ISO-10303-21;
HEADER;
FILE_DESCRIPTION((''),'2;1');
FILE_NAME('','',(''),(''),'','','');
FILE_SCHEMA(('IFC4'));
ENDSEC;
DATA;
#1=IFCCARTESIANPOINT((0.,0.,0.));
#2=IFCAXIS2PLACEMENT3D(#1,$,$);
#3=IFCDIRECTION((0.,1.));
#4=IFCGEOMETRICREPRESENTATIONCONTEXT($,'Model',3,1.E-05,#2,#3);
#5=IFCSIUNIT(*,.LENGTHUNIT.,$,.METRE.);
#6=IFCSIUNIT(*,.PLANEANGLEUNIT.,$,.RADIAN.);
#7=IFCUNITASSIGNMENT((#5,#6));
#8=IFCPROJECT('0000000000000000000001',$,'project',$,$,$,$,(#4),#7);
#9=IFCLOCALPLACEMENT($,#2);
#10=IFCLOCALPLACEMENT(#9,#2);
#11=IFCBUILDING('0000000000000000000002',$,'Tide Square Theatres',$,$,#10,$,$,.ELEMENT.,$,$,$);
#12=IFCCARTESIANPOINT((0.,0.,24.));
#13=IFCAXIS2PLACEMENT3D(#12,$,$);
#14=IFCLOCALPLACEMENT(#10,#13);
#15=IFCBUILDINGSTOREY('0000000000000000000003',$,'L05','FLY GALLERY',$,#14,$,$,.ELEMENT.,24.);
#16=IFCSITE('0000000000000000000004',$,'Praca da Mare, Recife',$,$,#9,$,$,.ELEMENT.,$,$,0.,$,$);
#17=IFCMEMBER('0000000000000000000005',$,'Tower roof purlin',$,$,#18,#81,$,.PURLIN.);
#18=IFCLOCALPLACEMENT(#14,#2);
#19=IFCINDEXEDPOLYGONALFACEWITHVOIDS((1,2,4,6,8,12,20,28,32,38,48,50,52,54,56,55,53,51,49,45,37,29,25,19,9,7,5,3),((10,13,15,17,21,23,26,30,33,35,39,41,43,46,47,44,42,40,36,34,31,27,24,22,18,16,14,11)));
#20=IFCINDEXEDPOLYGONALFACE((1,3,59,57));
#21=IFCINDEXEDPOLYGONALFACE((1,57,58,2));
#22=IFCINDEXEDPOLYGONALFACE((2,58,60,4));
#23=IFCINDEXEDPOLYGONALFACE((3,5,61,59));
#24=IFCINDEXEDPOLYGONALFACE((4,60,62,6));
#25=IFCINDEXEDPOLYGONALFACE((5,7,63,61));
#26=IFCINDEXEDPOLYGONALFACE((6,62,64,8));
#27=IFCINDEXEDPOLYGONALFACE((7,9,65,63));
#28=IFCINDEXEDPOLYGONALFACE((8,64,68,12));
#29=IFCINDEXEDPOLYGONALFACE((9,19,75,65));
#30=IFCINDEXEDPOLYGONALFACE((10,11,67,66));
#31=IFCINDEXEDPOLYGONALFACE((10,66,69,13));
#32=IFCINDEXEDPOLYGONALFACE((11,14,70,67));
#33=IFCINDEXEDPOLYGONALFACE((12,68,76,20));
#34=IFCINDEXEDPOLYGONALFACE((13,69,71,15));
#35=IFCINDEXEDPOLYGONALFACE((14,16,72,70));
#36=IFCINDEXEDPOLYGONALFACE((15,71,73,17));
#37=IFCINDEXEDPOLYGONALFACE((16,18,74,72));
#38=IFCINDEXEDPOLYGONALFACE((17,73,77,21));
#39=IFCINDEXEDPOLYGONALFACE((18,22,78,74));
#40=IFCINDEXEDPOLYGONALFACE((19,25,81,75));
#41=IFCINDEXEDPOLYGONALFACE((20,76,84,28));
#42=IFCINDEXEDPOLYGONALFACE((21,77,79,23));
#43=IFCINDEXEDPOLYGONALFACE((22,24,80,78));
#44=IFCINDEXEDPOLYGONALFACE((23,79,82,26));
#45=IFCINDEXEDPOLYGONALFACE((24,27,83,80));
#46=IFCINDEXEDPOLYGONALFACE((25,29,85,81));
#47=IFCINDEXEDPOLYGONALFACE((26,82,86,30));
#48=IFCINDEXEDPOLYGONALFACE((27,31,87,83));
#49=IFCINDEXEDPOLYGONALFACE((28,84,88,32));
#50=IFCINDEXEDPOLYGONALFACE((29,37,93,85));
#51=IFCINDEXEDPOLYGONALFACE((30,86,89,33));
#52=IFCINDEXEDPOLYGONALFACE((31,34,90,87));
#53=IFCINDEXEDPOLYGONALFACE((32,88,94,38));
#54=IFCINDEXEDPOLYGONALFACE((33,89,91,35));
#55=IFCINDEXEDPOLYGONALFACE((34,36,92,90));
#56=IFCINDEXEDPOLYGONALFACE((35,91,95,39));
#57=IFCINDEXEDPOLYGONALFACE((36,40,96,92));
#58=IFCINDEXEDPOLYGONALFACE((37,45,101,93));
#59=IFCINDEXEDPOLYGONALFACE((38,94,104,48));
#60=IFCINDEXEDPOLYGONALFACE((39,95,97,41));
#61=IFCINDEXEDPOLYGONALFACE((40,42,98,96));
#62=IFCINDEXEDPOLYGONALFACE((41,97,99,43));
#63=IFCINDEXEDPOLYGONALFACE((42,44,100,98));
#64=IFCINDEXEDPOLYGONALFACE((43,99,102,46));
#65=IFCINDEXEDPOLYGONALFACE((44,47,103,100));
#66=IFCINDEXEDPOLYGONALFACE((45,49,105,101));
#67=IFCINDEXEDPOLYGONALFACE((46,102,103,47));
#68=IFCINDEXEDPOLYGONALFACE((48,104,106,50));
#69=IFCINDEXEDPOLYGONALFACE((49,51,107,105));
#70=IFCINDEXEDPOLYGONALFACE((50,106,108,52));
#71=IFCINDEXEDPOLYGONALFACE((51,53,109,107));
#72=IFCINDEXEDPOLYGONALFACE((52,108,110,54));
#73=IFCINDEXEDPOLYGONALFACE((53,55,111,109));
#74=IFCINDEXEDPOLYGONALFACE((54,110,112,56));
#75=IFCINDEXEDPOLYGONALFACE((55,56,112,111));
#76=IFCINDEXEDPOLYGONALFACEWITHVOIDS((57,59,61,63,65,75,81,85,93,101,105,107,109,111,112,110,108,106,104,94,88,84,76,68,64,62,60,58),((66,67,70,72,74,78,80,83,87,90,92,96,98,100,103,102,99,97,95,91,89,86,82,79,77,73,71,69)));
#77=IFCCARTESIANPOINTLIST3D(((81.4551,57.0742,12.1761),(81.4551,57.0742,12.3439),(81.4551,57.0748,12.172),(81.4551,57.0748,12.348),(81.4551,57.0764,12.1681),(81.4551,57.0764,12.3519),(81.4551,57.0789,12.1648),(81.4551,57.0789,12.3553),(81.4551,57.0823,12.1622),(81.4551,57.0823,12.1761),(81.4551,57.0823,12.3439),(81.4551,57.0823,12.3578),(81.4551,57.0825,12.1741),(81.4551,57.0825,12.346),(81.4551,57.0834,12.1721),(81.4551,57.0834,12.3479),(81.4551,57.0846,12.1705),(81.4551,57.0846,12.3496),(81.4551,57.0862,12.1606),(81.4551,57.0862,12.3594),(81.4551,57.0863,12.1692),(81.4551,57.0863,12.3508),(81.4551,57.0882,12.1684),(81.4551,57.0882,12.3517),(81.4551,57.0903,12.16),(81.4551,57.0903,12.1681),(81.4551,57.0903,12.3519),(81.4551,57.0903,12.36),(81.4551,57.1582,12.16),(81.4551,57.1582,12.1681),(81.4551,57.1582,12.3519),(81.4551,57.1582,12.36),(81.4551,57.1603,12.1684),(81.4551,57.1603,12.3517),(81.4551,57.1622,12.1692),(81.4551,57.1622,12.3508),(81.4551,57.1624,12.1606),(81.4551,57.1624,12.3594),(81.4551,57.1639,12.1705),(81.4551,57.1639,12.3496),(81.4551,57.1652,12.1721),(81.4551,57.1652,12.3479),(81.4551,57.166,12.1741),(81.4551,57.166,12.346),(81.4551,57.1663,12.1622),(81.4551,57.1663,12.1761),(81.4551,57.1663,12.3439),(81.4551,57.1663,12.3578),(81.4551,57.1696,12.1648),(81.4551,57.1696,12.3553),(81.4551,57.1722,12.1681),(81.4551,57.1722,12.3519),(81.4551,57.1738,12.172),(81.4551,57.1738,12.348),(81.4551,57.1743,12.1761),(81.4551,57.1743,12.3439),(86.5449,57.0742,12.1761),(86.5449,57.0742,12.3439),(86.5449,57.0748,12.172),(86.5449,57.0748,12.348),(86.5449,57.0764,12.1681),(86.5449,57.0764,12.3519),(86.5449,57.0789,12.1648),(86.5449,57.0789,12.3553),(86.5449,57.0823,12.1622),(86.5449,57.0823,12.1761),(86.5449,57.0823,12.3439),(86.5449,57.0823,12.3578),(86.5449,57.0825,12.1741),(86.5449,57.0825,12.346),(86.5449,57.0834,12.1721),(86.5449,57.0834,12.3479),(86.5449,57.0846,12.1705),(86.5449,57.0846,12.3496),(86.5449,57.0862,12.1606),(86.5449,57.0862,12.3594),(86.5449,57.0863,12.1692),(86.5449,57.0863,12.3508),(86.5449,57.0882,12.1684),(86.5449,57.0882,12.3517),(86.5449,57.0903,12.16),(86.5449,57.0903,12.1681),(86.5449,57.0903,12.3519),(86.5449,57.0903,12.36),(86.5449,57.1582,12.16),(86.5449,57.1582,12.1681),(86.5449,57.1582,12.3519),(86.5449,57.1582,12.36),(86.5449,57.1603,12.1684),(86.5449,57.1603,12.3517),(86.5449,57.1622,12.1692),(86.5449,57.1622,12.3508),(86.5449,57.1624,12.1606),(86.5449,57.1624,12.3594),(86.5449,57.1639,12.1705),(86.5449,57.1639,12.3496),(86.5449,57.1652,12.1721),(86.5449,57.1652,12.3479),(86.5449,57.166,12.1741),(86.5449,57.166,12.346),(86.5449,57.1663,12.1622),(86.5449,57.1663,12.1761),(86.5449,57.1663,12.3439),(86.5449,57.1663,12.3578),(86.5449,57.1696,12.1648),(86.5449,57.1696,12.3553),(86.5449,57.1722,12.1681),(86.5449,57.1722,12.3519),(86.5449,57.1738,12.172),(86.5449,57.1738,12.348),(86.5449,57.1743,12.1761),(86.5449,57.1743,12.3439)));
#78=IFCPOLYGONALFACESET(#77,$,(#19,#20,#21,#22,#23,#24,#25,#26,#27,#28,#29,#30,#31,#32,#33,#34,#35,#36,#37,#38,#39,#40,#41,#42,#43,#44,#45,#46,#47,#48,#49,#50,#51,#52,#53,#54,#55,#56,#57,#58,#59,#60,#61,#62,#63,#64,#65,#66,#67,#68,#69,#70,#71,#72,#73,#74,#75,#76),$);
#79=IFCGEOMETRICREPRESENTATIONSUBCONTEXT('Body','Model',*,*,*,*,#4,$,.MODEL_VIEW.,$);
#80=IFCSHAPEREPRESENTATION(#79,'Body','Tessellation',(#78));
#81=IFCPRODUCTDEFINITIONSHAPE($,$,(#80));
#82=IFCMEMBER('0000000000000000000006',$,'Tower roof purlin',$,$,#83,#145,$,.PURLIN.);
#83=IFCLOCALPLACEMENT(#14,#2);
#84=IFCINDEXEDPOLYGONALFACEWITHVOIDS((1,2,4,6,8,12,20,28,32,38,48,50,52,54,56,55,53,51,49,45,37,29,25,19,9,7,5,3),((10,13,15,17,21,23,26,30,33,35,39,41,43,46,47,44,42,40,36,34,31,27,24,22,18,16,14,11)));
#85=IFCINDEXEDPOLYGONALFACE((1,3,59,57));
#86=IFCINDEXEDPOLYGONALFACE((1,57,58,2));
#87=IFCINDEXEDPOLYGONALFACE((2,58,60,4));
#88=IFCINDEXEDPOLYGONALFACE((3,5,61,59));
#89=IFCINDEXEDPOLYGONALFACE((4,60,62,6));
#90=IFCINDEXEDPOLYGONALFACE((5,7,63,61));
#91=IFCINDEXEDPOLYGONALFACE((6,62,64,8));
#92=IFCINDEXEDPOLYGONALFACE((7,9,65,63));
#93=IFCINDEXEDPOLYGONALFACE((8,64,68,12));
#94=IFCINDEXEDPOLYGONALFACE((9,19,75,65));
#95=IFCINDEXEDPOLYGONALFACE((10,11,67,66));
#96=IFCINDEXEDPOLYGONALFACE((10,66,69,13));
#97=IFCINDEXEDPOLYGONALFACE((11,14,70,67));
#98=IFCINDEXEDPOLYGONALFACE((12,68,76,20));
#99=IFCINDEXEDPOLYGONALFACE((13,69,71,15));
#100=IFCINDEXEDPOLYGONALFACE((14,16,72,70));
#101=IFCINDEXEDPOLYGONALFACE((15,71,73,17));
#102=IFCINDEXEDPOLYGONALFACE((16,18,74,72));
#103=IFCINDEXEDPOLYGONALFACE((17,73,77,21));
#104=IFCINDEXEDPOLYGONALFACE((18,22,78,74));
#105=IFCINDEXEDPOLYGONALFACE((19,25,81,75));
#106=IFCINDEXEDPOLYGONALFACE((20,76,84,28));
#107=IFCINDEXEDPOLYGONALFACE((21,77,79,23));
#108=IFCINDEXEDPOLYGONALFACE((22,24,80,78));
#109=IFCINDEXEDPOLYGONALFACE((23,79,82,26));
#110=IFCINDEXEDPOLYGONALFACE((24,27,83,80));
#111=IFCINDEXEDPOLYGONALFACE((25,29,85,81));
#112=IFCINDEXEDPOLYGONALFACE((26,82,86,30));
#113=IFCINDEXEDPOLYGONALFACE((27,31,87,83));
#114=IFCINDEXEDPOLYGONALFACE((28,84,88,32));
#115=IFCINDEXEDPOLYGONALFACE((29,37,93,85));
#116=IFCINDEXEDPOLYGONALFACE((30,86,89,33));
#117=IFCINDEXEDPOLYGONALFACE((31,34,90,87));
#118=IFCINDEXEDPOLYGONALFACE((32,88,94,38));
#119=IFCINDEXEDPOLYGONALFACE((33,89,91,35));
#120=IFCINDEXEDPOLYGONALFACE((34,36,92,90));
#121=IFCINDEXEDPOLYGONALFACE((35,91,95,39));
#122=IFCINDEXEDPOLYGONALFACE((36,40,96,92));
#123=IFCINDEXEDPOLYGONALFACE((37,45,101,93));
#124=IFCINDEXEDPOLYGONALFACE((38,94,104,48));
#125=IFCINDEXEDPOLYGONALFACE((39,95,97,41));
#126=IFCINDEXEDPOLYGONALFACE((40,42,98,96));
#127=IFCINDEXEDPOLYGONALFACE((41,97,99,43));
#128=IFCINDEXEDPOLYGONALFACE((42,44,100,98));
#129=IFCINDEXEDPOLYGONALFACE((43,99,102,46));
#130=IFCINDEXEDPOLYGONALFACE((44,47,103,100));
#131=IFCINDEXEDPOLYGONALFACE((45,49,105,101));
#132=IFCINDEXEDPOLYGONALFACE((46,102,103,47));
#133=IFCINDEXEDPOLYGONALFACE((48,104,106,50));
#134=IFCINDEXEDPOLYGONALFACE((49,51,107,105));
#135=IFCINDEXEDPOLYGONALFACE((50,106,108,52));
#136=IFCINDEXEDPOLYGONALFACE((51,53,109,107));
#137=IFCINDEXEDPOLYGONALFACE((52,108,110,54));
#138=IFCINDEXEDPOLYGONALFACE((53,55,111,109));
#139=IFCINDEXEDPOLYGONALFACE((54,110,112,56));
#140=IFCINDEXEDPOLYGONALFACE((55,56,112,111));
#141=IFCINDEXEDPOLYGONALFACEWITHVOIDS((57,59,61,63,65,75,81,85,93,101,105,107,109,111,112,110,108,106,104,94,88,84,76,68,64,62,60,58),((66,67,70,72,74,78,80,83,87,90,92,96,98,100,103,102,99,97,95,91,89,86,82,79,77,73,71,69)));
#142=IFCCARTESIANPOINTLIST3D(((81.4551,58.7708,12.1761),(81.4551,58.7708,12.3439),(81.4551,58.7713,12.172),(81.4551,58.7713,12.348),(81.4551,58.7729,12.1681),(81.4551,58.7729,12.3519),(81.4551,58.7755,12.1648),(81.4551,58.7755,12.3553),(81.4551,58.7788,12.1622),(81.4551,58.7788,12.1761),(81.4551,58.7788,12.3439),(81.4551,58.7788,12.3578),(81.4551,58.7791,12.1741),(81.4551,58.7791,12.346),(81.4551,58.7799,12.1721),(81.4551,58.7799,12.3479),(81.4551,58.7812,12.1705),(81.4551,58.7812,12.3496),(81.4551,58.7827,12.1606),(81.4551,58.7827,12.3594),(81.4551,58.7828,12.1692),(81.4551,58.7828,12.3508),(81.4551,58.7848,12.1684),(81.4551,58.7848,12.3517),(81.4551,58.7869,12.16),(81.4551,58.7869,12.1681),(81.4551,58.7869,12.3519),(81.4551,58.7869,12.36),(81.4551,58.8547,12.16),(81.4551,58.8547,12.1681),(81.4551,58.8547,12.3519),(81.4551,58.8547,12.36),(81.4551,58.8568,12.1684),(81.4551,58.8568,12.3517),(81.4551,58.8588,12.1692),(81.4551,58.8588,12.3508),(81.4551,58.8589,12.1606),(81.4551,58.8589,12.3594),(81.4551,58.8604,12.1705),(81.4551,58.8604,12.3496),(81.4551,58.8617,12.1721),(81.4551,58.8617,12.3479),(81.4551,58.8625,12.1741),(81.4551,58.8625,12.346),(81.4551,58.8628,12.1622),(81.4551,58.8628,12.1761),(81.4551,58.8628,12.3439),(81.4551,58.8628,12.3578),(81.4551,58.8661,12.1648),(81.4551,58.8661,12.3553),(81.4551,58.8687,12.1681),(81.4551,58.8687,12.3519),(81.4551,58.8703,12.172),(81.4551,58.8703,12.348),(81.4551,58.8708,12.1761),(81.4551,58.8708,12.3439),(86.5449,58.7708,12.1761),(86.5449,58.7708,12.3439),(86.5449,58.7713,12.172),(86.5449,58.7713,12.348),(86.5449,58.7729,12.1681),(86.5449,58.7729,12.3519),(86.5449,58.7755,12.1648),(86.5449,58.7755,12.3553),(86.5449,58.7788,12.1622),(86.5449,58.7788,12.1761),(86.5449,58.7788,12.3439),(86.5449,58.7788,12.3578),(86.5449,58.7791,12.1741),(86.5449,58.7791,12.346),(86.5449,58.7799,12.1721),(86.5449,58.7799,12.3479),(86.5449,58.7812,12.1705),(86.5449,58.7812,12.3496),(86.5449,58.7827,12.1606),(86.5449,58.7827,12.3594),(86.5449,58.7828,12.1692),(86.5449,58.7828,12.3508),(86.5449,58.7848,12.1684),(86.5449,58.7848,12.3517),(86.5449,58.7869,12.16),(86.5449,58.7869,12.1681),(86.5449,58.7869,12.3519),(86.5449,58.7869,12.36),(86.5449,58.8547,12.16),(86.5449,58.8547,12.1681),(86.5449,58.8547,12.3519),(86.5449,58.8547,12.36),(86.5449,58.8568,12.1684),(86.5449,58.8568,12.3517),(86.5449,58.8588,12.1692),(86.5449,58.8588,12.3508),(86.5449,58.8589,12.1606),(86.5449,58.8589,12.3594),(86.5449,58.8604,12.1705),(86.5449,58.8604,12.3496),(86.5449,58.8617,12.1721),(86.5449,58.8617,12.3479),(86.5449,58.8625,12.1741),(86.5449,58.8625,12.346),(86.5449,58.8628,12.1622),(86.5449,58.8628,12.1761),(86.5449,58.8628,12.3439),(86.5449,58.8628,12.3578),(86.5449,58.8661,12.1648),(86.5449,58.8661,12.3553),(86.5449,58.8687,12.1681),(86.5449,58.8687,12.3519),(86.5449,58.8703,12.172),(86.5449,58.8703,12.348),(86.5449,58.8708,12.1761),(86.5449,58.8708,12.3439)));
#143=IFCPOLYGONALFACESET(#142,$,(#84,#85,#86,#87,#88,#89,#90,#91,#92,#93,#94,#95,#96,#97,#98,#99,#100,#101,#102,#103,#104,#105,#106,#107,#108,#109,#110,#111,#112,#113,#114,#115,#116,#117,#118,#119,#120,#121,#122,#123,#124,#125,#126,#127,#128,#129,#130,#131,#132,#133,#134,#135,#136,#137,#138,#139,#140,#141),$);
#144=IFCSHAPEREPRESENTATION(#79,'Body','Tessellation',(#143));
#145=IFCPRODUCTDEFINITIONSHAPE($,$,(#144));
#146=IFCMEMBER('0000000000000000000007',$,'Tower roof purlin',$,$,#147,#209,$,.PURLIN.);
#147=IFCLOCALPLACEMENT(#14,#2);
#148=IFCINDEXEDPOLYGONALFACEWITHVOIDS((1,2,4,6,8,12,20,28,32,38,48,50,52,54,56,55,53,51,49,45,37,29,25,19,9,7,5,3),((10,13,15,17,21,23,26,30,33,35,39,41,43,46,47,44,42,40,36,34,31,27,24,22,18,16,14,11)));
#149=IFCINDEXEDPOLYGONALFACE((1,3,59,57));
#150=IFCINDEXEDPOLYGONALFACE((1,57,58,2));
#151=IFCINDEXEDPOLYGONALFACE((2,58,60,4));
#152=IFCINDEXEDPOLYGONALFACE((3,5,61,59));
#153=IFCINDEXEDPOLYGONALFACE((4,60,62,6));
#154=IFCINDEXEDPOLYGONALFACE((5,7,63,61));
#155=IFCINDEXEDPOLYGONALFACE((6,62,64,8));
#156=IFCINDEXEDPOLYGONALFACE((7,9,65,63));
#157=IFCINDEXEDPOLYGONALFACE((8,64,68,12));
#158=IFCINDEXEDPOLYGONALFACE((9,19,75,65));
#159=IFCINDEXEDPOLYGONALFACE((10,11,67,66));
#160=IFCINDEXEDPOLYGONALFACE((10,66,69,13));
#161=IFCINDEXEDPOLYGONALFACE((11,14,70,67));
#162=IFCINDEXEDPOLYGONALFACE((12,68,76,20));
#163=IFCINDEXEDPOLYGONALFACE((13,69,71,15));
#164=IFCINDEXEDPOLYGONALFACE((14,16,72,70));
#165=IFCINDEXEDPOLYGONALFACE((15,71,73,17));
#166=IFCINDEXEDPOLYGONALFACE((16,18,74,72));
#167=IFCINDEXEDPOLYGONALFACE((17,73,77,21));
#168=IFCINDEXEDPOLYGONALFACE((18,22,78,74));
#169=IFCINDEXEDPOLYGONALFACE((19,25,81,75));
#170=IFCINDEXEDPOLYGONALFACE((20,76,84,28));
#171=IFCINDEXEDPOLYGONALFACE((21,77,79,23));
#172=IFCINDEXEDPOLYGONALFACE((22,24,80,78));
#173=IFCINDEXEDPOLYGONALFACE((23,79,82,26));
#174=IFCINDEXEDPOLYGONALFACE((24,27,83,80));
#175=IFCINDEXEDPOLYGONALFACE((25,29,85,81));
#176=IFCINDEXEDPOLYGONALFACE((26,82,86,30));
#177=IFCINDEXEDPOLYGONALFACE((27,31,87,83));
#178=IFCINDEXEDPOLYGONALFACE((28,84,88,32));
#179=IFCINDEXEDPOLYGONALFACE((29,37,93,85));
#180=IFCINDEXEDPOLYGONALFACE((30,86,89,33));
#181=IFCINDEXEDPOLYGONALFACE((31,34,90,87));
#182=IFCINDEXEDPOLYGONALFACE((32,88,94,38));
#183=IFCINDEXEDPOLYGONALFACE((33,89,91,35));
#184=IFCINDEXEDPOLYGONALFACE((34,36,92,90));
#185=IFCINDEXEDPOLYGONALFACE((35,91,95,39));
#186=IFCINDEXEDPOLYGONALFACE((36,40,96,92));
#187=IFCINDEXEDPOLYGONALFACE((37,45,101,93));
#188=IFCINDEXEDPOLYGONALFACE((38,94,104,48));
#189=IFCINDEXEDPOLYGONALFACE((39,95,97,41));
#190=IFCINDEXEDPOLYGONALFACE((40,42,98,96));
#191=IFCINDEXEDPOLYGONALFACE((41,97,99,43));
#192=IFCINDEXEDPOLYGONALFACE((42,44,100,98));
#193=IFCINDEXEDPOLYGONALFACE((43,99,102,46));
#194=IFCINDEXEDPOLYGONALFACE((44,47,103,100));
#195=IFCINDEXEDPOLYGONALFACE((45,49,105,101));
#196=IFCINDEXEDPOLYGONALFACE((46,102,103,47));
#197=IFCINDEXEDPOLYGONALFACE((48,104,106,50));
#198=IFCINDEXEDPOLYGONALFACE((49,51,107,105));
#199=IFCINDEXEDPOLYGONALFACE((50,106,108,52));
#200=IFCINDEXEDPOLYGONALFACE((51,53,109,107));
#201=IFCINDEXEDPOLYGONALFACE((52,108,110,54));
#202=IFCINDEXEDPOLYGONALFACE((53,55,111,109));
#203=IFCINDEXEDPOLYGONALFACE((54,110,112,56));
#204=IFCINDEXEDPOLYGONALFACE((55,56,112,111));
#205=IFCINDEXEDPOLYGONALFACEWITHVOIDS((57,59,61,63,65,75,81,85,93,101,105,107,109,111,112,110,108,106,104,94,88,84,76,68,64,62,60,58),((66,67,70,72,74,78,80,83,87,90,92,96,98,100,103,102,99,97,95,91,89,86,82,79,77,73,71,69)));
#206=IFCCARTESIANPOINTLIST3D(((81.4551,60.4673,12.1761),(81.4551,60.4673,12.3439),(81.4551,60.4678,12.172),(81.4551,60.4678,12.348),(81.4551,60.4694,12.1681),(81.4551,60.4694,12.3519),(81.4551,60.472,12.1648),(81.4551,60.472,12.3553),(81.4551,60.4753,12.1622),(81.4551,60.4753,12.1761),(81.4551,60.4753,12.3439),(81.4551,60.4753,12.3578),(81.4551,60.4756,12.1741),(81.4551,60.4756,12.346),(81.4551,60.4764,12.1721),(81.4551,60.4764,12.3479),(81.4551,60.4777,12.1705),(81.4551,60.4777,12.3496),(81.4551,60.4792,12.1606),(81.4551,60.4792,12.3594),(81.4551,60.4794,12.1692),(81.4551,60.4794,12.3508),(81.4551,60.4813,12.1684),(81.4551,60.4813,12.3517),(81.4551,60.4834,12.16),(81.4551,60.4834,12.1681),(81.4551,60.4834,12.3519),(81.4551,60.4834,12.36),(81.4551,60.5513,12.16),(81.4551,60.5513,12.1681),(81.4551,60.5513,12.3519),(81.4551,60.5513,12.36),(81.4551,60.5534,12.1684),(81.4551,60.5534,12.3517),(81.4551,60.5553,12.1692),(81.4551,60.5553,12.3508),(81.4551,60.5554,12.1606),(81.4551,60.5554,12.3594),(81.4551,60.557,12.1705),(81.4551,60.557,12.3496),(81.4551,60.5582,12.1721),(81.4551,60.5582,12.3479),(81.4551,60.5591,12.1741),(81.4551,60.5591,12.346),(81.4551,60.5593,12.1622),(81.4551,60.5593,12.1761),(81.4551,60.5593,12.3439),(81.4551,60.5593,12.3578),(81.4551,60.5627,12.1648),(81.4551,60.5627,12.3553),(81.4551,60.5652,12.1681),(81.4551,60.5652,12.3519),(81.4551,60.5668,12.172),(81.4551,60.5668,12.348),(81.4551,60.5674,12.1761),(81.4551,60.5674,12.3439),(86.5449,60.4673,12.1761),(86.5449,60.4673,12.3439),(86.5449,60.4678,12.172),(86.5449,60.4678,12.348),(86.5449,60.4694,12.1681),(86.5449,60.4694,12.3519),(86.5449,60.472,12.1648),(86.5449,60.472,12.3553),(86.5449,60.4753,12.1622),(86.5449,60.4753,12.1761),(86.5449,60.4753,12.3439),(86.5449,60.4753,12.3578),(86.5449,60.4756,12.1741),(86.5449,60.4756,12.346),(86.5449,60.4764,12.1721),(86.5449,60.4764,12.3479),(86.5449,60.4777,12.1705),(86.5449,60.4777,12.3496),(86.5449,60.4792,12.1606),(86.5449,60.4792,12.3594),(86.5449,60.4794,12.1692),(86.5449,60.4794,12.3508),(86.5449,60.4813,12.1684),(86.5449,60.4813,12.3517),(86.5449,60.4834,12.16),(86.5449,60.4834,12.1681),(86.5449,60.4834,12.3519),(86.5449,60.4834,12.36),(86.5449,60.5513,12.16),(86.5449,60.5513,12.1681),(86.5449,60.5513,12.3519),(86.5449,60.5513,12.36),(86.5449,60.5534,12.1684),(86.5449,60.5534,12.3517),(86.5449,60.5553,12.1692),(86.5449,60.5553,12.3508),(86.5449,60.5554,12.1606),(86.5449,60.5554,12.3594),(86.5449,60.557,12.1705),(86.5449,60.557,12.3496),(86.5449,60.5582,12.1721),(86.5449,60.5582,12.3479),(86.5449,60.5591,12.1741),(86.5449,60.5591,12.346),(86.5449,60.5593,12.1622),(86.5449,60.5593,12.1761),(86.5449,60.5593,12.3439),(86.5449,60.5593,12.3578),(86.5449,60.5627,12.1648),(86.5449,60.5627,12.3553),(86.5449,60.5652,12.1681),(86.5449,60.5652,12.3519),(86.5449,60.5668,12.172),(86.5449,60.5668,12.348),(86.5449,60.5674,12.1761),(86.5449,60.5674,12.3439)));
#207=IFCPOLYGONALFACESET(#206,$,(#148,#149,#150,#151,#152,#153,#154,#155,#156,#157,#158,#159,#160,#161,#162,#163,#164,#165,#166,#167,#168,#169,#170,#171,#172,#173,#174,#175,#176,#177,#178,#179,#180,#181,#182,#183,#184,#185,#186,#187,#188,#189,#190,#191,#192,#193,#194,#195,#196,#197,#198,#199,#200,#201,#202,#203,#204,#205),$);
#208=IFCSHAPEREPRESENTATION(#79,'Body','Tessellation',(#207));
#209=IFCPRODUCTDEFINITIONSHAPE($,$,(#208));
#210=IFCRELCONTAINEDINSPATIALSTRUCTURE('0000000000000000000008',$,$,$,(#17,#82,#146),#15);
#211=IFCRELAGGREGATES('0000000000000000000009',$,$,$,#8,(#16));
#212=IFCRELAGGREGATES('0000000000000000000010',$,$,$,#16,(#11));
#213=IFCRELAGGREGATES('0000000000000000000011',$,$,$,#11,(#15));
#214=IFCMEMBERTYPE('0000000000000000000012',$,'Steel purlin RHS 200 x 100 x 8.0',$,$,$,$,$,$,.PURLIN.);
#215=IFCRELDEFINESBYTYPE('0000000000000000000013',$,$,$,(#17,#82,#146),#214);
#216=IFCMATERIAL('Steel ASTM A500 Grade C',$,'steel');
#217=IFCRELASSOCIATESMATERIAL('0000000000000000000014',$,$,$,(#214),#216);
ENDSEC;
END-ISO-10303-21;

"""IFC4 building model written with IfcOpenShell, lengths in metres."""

from ifc_helpers import new_model, si_unit, direction, frame, origin, origin_2d, place, context, subcontext, project, spatial, hollow_rectangle, extrude, material, material_profile, profile_set, type_object, element, save


model = new_model("IFC4")

# Units and contexts
model_context = context("Model", 3, precision=1e-05, world=origin(), true_north=direction((0.0, 1.0)))
body_context = subcontext(model_context, "Body", "Model", "MODEL_VIEW")
ifc_project = project(units=[si_unit("LENGTHUNIT", "METRE"), si_unit("PLANEANGLEUNIT", "RADIAN")], contexts=[model_context])

# Site, building, storey
site_placement = place(None, origin())
site = spatial("IfcSite", under=ifc_project, at=site_placement, Name="Praca da Mare, Recife", CompositionType="ELEMENT", RefElevation=0.0)
building_placement = place(site_placement, origin())
building = spatial("IfcBuilding", under=site, at=building_placement, Name="Tide Square Theatres", CompositionType="ELEMENT")
storey_placement = place(building_placement, frame((0.0, 0.0, 24.0)))
storey = spatial("IfcBuildingStorey", under=building, at=storey_placement, Name="L05", Description="FLY GALLERY", CompositionType="ELEMENT", Elevation=24.0)

# Members
ifc_material_1 = material(Name="Steel ASTM A500 Grade C", Category="steel")
ifc_material_profile_1 = material_profile(ifc_material_1, hollow_rectangle(XDim=0.1001, YDim=0.2, WallThickness=0.0081, InnerFilletRadius=0.0081, OuterFilletRadius=0.0161, at=origin_2d()))
ifc_profile_set_1 = profile_set([ifc_material_profile_1], Name="Steel ASTM A500 Grade C")
member_type = type_object("IfcMemberType", Name="Steel purlin RHS 200 x 100 x 8.0", PredefinedType="PURLIN", material=ifc_profile_set_1)
for number, where, z_axis, x_axis, name in (
    (1, (81.4551, 57.1243, 12.26), (1.0, 0.0, 0.0), (0.0, 1.0, 0.0), "Tower roof purlin"),
    (2, (81.4551, 58.8208, 12.26), (1.0, 0.0, 0.0), (0.0, 1.0, 0.0), "Tower roof purlin"),
    (3, (81.4551, 60.5173, 12.26), (1.0, 0.0, 0.0), (0.0, 1.0, 0.0), "Tower roof purlin"),
):
    element("IfcMember", number, at=place(storey_placement, frame(where, z_axis=z_axis, x_axis=x_axis)), inside=storey, type_object=member_type, Name=name, PredefinedType="PURLIN", context=body_context, shape_type="SweptSolid", body=[
        extrude(hollow_rectangle(XDim=0.1001, YDim=0.2, WallThickness=0.0081, InnerFilletRadius=0.0081, OuterFilletRadius=0.0161, at=origin_2d()), origin(), (0.0, 0.0, 1.0), 5.0898),
    ])

save(model, "model.ifc")
